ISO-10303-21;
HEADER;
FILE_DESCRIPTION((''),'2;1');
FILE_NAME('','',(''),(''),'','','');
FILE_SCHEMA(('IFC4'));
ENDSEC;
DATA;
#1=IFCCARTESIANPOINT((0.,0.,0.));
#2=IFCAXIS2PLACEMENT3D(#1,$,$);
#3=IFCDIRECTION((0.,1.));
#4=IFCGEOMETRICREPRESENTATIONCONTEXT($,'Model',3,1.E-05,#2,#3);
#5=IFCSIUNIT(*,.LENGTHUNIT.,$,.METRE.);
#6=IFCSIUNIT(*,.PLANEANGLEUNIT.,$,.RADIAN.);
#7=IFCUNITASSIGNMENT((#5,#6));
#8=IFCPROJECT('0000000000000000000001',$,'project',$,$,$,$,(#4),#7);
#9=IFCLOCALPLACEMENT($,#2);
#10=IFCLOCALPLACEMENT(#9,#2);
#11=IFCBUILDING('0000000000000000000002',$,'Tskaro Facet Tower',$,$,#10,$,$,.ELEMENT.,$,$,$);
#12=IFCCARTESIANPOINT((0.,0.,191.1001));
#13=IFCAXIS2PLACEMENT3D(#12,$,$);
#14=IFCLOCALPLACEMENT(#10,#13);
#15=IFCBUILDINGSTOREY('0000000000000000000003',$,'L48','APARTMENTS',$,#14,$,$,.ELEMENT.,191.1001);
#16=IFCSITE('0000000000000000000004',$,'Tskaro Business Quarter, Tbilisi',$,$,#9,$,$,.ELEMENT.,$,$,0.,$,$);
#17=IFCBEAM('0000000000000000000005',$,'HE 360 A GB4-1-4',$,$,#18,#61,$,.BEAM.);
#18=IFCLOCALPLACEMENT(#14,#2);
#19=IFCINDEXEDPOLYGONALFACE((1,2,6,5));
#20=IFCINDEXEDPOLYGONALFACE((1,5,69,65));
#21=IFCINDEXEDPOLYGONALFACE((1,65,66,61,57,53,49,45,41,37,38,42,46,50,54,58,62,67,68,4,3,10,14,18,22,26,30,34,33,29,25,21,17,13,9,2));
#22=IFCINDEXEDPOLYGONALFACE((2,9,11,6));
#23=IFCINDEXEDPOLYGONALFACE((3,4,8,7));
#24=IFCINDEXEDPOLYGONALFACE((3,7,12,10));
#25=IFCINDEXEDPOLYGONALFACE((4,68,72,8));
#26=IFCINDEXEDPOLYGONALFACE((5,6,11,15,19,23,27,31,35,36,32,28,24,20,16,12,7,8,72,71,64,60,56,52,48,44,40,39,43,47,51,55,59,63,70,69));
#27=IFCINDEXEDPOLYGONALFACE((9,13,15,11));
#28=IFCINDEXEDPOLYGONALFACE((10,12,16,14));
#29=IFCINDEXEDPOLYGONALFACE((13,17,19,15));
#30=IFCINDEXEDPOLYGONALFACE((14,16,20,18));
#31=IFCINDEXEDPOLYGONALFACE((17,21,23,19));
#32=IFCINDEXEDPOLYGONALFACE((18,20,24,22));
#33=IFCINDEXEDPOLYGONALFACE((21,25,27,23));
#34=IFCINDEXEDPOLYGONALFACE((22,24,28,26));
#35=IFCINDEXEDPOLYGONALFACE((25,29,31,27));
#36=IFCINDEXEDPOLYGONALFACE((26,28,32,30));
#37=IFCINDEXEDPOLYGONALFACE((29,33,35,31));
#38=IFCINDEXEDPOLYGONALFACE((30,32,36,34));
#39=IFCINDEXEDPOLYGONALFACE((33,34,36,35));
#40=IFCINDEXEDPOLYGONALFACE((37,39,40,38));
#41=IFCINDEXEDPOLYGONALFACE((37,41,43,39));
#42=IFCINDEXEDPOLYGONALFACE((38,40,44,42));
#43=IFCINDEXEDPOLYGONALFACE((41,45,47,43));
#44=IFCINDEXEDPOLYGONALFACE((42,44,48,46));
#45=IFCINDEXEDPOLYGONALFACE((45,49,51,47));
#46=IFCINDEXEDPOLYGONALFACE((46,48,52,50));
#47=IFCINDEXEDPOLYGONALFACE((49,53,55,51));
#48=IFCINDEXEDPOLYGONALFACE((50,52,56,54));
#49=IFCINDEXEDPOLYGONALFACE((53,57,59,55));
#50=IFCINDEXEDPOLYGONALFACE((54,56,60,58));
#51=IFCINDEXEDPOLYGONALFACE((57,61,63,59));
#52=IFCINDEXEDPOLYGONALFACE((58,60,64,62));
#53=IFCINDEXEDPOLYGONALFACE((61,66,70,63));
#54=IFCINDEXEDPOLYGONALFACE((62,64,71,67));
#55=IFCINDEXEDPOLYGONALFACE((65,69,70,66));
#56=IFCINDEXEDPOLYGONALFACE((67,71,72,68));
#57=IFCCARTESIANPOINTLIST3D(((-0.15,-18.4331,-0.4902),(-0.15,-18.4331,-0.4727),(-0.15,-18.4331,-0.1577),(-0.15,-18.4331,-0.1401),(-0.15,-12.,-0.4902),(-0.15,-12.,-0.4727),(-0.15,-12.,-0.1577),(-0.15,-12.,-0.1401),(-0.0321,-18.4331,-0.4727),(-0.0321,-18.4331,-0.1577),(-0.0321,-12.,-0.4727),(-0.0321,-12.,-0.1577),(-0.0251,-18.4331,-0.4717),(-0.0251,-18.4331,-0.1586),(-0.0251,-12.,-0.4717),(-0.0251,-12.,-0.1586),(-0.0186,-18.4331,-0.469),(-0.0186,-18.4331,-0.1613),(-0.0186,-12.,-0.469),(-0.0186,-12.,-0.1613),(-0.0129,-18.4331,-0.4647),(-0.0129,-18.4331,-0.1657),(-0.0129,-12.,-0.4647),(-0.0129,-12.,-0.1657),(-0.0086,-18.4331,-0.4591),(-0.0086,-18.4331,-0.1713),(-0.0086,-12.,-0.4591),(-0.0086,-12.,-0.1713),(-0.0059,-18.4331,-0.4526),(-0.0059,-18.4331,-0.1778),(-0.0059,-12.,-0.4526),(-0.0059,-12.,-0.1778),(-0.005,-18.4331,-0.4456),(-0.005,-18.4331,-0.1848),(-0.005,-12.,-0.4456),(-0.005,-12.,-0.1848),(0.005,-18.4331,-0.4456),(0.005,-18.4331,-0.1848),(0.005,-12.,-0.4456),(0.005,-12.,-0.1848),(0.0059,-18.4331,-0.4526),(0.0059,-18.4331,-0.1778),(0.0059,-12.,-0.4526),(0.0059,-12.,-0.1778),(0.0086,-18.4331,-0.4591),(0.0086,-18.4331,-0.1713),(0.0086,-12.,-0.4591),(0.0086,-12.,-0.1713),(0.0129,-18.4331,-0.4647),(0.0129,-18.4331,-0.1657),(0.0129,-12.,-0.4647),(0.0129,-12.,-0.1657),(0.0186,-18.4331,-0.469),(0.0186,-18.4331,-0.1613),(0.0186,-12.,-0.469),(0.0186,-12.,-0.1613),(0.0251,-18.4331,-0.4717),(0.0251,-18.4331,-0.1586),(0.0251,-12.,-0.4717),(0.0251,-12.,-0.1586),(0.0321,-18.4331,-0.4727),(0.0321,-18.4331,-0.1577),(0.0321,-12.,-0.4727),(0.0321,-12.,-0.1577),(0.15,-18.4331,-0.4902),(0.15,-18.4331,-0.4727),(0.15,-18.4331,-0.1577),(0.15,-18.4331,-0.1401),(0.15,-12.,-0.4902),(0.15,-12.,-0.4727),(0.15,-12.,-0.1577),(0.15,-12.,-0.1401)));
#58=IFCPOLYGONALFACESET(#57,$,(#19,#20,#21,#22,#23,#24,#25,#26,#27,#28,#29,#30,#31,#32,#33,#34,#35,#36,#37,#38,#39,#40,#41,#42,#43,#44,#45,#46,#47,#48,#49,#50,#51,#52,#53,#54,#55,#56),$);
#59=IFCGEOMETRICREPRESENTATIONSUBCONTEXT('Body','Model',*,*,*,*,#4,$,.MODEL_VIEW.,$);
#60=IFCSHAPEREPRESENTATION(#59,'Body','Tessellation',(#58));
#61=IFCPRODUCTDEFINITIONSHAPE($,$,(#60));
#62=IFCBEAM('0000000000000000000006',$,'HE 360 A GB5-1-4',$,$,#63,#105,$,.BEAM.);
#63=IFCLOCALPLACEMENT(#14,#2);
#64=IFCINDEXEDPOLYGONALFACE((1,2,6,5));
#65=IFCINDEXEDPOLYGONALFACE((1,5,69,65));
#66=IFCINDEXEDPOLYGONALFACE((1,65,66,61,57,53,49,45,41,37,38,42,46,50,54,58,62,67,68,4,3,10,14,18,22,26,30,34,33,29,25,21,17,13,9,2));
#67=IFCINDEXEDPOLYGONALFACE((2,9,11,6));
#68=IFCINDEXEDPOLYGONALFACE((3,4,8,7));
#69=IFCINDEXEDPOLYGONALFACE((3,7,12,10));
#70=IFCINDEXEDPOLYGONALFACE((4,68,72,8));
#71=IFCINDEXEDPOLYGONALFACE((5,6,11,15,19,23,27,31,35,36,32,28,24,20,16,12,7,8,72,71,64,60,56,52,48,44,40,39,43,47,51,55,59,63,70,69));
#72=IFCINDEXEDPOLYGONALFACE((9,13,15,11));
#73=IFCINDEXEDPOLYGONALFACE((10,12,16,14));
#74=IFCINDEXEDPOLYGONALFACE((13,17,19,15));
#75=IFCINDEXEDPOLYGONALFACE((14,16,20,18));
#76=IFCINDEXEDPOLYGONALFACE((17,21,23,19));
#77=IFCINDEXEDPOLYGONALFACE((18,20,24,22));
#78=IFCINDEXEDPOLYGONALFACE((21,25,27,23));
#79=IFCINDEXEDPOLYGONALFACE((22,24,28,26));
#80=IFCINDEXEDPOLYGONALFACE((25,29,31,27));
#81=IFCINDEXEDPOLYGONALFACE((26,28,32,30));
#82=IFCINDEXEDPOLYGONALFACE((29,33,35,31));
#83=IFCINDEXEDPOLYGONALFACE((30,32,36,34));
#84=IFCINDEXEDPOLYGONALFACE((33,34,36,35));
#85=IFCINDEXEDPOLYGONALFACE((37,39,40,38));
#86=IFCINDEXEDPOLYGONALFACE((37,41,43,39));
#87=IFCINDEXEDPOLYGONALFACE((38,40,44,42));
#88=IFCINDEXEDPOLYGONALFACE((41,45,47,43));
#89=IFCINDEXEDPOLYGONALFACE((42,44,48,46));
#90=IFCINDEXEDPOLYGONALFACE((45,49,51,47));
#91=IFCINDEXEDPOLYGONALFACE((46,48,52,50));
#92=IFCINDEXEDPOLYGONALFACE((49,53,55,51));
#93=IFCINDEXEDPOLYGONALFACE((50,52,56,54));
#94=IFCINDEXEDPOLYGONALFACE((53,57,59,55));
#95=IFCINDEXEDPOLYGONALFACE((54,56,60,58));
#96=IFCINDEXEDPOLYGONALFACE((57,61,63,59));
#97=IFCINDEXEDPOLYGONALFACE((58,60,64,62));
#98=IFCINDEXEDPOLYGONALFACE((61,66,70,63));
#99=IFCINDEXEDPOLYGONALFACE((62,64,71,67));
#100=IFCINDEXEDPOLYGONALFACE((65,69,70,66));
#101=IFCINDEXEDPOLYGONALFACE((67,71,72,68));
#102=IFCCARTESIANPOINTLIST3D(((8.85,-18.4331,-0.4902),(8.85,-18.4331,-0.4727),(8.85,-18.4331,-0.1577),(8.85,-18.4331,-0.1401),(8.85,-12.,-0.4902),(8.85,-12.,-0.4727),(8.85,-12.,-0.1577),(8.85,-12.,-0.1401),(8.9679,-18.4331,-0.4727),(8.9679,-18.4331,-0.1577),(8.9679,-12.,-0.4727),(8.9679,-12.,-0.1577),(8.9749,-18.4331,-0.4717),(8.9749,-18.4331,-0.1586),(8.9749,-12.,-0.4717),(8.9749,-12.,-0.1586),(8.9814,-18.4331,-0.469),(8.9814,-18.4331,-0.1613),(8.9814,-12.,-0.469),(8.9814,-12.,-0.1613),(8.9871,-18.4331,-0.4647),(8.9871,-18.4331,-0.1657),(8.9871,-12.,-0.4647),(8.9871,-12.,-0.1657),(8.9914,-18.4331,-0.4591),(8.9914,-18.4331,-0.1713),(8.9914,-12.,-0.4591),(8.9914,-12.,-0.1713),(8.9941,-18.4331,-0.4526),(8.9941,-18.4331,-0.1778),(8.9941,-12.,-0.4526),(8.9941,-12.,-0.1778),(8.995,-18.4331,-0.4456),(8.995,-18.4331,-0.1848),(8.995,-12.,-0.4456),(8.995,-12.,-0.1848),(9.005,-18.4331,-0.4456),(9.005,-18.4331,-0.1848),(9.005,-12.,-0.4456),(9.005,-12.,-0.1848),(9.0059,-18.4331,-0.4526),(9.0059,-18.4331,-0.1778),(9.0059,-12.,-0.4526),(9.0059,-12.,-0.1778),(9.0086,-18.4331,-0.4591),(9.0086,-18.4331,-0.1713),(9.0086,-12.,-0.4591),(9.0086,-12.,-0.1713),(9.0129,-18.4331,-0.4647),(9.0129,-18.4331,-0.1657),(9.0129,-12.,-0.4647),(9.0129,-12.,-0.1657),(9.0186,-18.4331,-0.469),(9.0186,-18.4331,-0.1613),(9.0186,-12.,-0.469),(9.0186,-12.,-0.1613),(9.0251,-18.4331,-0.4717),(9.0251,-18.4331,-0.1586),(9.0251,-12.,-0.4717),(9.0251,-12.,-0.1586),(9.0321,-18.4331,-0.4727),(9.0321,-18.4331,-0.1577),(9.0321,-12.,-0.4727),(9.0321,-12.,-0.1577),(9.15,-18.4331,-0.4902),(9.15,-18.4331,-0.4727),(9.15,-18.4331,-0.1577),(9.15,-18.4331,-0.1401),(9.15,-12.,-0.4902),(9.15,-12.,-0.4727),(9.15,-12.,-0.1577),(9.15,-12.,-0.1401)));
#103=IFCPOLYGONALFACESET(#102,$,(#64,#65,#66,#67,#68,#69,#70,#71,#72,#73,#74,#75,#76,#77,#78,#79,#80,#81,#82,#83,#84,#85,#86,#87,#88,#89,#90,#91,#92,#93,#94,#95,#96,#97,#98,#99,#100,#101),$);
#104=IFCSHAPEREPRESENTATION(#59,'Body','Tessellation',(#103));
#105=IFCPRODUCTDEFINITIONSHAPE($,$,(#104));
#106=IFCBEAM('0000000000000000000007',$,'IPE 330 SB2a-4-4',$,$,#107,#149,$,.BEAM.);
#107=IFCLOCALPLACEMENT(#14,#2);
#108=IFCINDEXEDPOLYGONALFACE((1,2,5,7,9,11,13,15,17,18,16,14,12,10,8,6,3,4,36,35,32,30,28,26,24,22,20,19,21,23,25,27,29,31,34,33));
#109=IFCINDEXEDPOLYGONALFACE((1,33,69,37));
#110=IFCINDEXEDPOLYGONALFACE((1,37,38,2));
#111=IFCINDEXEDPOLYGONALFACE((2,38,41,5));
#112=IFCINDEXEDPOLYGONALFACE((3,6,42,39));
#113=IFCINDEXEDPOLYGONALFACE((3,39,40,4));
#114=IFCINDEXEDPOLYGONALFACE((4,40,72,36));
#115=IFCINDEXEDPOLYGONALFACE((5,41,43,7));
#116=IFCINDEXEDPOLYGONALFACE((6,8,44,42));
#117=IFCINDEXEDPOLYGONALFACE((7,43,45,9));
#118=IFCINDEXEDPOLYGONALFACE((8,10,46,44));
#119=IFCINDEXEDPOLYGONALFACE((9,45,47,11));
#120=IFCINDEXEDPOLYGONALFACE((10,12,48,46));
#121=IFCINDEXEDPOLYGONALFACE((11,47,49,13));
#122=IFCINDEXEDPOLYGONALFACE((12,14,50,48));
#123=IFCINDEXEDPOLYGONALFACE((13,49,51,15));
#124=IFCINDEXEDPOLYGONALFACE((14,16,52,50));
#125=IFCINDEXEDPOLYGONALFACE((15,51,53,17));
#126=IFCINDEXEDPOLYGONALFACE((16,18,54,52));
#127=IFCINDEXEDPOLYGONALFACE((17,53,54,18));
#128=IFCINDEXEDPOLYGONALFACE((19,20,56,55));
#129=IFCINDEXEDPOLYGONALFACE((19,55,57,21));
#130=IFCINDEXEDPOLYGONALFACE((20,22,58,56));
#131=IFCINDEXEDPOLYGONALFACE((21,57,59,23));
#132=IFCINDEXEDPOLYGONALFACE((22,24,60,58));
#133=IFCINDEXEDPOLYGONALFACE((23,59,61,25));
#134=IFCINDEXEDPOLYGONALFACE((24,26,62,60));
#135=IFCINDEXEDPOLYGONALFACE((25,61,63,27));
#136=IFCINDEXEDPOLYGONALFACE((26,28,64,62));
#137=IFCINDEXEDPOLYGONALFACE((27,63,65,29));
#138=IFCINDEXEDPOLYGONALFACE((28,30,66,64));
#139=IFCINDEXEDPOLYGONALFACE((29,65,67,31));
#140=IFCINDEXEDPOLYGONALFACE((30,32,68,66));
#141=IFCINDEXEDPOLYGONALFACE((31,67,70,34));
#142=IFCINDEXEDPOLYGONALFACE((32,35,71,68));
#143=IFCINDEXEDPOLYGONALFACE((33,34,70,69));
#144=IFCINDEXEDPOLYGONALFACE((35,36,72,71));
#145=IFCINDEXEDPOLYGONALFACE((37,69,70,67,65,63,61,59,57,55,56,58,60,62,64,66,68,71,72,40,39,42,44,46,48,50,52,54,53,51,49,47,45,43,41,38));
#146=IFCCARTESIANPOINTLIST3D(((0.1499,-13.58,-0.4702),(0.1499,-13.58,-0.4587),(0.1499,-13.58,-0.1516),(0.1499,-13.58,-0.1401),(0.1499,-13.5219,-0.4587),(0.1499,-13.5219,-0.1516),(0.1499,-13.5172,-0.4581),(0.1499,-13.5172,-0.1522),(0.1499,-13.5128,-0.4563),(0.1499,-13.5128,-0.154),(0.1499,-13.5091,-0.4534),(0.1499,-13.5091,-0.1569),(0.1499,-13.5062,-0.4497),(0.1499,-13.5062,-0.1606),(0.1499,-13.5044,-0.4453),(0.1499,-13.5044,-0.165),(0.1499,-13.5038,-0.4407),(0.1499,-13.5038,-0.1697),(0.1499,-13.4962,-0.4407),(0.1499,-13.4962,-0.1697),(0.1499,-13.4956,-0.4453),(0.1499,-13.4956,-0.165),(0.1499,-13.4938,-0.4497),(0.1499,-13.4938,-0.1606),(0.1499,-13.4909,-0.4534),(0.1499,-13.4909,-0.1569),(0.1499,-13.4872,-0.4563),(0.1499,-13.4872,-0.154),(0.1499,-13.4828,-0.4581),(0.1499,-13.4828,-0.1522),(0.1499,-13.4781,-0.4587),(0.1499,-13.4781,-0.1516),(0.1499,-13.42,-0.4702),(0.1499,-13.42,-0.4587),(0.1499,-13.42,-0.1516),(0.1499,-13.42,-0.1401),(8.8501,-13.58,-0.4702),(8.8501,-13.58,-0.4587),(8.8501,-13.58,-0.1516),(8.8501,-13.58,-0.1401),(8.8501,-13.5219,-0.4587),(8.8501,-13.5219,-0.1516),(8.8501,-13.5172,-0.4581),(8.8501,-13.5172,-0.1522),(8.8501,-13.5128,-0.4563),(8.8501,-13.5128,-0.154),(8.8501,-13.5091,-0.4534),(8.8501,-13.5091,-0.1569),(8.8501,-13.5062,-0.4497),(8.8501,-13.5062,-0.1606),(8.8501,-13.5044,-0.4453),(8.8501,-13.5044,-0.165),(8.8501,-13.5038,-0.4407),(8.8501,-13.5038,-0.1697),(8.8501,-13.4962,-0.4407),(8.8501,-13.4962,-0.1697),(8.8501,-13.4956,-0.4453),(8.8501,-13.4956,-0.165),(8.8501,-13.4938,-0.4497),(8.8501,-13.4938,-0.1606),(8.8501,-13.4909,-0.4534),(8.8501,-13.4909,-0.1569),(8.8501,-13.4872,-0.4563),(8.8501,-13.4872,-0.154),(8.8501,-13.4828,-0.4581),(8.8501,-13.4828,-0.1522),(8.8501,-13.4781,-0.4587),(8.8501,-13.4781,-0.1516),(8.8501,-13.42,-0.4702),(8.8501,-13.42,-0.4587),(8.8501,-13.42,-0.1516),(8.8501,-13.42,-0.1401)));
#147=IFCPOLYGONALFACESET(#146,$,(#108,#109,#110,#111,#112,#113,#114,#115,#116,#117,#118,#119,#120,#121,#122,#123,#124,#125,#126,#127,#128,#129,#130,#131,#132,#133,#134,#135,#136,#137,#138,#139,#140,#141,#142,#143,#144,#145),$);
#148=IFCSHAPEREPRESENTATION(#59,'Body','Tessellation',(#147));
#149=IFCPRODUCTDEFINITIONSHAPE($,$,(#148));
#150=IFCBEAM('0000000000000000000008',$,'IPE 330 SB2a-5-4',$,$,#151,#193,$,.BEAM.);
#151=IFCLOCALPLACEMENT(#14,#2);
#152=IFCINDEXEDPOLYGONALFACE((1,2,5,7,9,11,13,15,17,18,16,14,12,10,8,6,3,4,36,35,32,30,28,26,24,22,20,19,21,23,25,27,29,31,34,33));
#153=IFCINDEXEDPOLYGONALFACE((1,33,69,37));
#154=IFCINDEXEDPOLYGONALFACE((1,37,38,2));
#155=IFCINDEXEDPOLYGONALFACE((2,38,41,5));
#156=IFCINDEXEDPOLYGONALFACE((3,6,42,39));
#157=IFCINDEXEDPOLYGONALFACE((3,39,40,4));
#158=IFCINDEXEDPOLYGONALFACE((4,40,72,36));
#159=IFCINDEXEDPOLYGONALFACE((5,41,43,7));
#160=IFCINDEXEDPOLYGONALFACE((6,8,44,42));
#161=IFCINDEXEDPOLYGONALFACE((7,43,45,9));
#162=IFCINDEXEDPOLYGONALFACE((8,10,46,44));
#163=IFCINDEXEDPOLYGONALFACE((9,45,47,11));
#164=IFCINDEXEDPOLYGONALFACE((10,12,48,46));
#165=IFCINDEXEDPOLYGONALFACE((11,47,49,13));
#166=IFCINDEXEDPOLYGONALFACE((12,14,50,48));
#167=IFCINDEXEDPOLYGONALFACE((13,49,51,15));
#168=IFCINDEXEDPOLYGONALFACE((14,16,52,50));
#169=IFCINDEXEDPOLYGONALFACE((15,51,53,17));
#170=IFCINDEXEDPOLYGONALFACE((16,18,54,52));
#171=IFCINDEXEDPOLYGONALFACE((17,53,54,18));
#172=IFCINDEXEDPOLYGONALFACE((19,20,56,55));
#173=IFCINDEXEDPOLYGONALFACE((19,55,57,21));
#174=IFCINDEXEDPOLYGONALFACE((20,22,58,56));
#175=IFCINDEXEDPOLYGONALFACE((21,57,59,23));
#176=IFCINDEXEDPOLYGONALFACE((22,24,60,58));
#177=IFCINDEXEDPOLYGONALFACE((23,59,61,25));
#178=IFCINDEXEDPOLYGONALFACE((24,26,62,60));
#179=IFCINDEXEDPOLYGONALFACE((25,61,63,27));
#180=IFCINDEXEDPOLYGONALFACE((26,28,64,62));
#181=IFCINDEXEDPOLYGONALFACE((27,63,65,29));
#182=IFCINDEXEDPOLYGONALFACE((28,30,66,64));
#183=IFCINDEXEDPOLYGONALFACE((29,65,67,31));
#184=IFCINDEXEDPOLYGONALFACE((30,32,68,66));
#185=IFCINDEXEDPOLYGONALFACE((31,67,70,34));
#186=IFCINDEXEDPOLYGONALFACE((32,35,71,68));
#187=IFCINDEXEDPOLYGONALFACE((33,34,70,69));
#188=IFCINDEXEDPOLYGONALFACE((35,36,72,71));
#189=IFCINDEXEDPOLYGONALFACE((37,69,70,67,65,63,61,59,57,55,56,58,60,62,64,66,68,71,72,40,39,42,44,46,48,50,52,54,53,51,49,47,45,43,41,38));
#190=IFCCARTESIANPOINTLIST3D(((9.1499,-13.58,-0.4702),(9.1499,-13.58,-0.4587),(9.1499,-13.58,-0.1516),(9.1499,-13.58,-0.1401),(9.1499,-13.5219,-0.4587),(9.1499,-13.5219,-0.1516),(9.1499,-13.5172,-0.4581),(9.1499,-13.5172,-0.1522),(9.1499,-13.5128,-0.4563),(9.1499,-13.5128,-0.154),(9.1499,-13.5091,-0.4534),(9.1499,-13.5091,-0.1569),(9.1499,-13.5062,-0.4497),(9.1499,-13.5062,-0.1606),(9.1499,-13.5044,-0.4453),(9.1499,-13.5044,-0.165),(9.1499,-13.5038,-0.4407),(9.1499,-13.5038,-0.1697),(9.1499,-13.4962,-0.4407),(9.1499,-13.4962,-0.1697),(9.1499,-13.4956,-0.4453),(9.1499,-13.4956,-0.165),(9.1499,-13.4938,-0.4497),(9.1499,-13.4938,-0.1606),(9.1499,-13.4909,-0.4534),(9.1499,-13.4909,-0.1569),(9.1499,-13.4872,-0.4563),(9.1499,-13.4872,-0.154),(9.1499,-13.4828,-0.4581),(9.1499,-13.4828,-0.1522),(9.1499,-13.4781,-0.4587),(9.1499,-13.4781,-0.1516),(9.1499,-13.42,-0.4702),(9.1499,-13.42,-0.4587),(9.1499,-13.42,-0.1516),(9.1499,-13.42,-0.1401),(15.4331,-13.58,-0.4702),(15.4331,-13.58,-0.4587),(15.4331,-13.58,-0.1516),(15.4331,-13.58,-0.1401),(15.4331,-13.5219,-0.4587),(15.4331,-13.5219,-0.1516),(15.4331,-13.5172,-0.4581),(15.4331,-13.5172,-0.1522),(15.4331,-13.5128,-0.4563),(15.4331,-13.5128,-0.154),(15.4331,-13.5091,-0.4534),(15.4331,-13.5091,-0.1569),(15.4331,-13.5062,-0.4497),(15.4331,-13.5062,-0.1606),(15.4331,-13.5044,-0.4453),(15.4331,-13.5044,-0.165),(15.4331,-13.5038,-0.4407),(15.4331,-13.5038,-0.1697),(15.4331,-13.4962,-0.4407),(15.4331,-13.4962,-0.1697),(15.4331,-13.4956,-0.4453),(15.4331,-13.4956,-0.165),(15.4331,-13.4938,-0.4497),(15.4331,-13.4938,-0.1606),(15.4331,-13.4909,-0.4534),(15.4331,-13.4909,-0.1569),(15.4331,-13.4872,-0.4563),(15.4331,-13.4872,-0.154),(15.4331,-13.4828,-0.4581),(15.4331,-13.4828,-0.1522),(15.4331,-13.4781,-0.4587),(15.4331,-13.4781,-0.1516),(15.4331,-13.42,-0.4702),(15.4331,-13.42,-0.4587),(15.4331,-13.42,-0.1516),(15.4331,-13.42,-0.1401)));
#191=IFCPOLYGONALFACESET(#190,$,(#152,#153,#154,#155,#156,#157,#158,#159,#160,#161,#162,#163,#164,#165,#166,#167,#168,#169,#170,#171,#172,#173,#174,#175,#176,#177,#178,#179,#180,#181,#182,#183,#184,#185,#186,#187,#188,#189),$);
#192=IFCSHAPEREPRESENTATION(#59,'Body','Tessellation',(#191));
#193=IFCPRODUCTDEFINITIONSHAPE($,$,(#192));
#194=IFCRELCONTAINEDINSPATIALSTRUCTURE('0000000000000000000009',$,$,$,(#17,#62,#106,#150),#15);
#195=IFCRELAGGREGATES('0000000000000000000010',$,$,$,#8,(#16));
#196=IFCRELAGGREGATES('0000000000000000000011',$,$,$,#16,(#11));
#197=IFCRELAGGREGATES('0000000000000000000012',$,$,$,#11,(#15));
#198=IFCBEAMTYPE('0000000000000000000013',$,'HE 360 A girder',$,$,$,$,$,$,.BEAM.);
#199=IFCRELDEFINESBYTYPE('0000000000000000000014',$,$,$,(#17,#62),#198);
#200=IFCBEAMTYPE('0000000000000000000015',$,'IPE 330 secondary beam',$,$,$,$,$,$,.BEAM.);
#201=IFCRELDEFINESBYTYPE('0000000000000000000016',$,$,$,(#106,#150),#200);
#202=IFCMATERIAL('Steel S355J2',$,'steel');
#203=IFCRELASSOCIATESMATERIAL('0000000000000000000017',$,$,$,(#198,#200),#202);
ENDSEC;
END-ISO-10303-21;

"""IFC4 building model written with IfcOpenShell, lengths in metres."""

from ifc_helpers import new_model, si_unit, direction, frame, origin, origin_2d, place, context, subcontext, project, spatial, i_section, extrude, material, material_profile, profile_set, type_object, element, save


model = new_model("IFC4")

# Units and contexts
model_context = context("Model", 3, precision=1e-05, world=origin(), true_north=direction((0.0, 1.0)))
body_context = subcontext(model_context, "Body", "Model", "MODEL_VIEW")
ifc_project = project(units=[si_unit("LENGTHUNIT", "METRE"), si_unit("PLANEANGLEUNIT", "RADIAN")], contexts=[model_context])

# Site, building, storey
site_placement = place(None, origin())
site = spatial("IfcSite", under=ifc_project, at=site_placement, Name="Tskaro Business Quarter, Tbilisi", CompositionType="ELEMENT", RefElevation=0.0)
building_placement = place(site_placement, origin())
building = spatial("IfcBuilding", under=site, at=building_placement, Name="Tskaro Facet Tower", CompositionType="ELEMENT")
storey_placement = place(building_placement, frame((0.0, 0.0, 191.1001)))
storey = spatial("IfcBuildingStorey", under=building, at=storey_placement, Name="L48", Description="APARTMENTS", CompositionType="ELEMENT", Elevation=191.1001)

# Beams
ifc_material_1 = material(Name="Steel S355J2", Category="steel")
ifc_material_profile_1 = material_profile(ifc_material_1, i_section(OverallWidth=0.3, OverallDepth=0.3501, WebThickness=0.01, FlangeThickness=0.0176, FilletRadius=0.0271, at=origin_2d()), Name="HE 360 A")
ifc_profile_set_1 = profile_set([ifc_material_profile_1], Name="Steel S355J2")
beam_type_1 = type_object("IfcBeamType", Name="HE 360 A girder", PredefinedType="BEAM", material=ifc_profile_set_1)
for number, where, z_axis, x_axis, name in (
    (1, (0.0, -18.4331, -0.3152), (0.0, 1.0, 0.0), (-1.0, 0.0, 0.0), "HE 360 A GB4-1-4"),
    (2, (9.0, -18.4331, -0.3152), (0.0, 1.0, 0.0), (-1.0, 0.0, 0.0), "HE 360 A GB5-1-4"),
):
    element("IfcBeam", number, at=place(storey_placement, frame(where, z_axis=z_axis, x_axis=x_axis)), inside=storey, type_object=beam_type_1, Name=name, PredefinedType="BEAM", context=body_context, shape_type="SweptSolid", body=[
        extrude(i_section(OverallWidth=0.3, OverallDepth=0.3501, WebThickness=0.01, FlangeThickness=0.0176, FilletRadius=0.0271, at=origin_2d()), origin(), (0.0, 0.0, 1.0), 6.4331),
    ])
ifc_material_profile_2 = material_profile(ifc_material_1, i_section(OverallWidth=0.1599, OverallDepth=0.3301, WebThickness=0.0076, FlangeThickness=0.0115, FilletRadius=0.0181, at=origin_2d()), Name="IPE 330")
ifc_profile_set_2 = profile_set([ifc_material_profile_2], Name="Steel S355J2")
beam_type_2 = type_object("IfcBeamType", Name="IPE 330 secondary beam", PredefinedType="BEAM", material=ifc_profile_set_2)
beam_1_placement = place(storey_placement, frame((0.1499, -13.5, -0.3052), z_axis=(1.0, 0.0, 0.0), x_axis=(0.0, 1.0, 0.0)))
element("IfcBeam", 3, at=beam_1_placement, inside=storey, type_object=beam_type_2, Name="IPE 330 SB2a-4-4", PredefinedType="BEAM", context=body_context, shape_type="SweptSolid", body=[
    extrude(i_section(OverallWidth=0.1599, OverallDepth=0.3301, WebThickness=0.0076, FlangeThickness=0.0115, FilletRadius=0.0181, at=origin_2d()), origin(), (0.0, 0.0, 1.0), 8.7002),
])
beam_2_placement = place(storey_placement, frame((9.1499, -13.5, -0.3052), z_axis=(1.0, 0.0, 0.0), x_axis=(0.0, 1.0, 0.0)))
element("IfcBeam", 4, at=beam_2_placement, inside=storey, type_object=beam_type_2, Name="IPE 330 SB2a-5-4", PredefinedType="BEAM", context=body_context, shape_type="SweptSolid", body=[
    extrude(i_section(OverallWidth=0.1599, OverallDepth=0.3301, WebThickness=0.0076, FlangeThickness=0.0115, FilletRadius=0.0181, at=origin_2d()), origin(), (0.0, 0.0, 1.0), 6.2832),
])

save(model, "model.ifc")
